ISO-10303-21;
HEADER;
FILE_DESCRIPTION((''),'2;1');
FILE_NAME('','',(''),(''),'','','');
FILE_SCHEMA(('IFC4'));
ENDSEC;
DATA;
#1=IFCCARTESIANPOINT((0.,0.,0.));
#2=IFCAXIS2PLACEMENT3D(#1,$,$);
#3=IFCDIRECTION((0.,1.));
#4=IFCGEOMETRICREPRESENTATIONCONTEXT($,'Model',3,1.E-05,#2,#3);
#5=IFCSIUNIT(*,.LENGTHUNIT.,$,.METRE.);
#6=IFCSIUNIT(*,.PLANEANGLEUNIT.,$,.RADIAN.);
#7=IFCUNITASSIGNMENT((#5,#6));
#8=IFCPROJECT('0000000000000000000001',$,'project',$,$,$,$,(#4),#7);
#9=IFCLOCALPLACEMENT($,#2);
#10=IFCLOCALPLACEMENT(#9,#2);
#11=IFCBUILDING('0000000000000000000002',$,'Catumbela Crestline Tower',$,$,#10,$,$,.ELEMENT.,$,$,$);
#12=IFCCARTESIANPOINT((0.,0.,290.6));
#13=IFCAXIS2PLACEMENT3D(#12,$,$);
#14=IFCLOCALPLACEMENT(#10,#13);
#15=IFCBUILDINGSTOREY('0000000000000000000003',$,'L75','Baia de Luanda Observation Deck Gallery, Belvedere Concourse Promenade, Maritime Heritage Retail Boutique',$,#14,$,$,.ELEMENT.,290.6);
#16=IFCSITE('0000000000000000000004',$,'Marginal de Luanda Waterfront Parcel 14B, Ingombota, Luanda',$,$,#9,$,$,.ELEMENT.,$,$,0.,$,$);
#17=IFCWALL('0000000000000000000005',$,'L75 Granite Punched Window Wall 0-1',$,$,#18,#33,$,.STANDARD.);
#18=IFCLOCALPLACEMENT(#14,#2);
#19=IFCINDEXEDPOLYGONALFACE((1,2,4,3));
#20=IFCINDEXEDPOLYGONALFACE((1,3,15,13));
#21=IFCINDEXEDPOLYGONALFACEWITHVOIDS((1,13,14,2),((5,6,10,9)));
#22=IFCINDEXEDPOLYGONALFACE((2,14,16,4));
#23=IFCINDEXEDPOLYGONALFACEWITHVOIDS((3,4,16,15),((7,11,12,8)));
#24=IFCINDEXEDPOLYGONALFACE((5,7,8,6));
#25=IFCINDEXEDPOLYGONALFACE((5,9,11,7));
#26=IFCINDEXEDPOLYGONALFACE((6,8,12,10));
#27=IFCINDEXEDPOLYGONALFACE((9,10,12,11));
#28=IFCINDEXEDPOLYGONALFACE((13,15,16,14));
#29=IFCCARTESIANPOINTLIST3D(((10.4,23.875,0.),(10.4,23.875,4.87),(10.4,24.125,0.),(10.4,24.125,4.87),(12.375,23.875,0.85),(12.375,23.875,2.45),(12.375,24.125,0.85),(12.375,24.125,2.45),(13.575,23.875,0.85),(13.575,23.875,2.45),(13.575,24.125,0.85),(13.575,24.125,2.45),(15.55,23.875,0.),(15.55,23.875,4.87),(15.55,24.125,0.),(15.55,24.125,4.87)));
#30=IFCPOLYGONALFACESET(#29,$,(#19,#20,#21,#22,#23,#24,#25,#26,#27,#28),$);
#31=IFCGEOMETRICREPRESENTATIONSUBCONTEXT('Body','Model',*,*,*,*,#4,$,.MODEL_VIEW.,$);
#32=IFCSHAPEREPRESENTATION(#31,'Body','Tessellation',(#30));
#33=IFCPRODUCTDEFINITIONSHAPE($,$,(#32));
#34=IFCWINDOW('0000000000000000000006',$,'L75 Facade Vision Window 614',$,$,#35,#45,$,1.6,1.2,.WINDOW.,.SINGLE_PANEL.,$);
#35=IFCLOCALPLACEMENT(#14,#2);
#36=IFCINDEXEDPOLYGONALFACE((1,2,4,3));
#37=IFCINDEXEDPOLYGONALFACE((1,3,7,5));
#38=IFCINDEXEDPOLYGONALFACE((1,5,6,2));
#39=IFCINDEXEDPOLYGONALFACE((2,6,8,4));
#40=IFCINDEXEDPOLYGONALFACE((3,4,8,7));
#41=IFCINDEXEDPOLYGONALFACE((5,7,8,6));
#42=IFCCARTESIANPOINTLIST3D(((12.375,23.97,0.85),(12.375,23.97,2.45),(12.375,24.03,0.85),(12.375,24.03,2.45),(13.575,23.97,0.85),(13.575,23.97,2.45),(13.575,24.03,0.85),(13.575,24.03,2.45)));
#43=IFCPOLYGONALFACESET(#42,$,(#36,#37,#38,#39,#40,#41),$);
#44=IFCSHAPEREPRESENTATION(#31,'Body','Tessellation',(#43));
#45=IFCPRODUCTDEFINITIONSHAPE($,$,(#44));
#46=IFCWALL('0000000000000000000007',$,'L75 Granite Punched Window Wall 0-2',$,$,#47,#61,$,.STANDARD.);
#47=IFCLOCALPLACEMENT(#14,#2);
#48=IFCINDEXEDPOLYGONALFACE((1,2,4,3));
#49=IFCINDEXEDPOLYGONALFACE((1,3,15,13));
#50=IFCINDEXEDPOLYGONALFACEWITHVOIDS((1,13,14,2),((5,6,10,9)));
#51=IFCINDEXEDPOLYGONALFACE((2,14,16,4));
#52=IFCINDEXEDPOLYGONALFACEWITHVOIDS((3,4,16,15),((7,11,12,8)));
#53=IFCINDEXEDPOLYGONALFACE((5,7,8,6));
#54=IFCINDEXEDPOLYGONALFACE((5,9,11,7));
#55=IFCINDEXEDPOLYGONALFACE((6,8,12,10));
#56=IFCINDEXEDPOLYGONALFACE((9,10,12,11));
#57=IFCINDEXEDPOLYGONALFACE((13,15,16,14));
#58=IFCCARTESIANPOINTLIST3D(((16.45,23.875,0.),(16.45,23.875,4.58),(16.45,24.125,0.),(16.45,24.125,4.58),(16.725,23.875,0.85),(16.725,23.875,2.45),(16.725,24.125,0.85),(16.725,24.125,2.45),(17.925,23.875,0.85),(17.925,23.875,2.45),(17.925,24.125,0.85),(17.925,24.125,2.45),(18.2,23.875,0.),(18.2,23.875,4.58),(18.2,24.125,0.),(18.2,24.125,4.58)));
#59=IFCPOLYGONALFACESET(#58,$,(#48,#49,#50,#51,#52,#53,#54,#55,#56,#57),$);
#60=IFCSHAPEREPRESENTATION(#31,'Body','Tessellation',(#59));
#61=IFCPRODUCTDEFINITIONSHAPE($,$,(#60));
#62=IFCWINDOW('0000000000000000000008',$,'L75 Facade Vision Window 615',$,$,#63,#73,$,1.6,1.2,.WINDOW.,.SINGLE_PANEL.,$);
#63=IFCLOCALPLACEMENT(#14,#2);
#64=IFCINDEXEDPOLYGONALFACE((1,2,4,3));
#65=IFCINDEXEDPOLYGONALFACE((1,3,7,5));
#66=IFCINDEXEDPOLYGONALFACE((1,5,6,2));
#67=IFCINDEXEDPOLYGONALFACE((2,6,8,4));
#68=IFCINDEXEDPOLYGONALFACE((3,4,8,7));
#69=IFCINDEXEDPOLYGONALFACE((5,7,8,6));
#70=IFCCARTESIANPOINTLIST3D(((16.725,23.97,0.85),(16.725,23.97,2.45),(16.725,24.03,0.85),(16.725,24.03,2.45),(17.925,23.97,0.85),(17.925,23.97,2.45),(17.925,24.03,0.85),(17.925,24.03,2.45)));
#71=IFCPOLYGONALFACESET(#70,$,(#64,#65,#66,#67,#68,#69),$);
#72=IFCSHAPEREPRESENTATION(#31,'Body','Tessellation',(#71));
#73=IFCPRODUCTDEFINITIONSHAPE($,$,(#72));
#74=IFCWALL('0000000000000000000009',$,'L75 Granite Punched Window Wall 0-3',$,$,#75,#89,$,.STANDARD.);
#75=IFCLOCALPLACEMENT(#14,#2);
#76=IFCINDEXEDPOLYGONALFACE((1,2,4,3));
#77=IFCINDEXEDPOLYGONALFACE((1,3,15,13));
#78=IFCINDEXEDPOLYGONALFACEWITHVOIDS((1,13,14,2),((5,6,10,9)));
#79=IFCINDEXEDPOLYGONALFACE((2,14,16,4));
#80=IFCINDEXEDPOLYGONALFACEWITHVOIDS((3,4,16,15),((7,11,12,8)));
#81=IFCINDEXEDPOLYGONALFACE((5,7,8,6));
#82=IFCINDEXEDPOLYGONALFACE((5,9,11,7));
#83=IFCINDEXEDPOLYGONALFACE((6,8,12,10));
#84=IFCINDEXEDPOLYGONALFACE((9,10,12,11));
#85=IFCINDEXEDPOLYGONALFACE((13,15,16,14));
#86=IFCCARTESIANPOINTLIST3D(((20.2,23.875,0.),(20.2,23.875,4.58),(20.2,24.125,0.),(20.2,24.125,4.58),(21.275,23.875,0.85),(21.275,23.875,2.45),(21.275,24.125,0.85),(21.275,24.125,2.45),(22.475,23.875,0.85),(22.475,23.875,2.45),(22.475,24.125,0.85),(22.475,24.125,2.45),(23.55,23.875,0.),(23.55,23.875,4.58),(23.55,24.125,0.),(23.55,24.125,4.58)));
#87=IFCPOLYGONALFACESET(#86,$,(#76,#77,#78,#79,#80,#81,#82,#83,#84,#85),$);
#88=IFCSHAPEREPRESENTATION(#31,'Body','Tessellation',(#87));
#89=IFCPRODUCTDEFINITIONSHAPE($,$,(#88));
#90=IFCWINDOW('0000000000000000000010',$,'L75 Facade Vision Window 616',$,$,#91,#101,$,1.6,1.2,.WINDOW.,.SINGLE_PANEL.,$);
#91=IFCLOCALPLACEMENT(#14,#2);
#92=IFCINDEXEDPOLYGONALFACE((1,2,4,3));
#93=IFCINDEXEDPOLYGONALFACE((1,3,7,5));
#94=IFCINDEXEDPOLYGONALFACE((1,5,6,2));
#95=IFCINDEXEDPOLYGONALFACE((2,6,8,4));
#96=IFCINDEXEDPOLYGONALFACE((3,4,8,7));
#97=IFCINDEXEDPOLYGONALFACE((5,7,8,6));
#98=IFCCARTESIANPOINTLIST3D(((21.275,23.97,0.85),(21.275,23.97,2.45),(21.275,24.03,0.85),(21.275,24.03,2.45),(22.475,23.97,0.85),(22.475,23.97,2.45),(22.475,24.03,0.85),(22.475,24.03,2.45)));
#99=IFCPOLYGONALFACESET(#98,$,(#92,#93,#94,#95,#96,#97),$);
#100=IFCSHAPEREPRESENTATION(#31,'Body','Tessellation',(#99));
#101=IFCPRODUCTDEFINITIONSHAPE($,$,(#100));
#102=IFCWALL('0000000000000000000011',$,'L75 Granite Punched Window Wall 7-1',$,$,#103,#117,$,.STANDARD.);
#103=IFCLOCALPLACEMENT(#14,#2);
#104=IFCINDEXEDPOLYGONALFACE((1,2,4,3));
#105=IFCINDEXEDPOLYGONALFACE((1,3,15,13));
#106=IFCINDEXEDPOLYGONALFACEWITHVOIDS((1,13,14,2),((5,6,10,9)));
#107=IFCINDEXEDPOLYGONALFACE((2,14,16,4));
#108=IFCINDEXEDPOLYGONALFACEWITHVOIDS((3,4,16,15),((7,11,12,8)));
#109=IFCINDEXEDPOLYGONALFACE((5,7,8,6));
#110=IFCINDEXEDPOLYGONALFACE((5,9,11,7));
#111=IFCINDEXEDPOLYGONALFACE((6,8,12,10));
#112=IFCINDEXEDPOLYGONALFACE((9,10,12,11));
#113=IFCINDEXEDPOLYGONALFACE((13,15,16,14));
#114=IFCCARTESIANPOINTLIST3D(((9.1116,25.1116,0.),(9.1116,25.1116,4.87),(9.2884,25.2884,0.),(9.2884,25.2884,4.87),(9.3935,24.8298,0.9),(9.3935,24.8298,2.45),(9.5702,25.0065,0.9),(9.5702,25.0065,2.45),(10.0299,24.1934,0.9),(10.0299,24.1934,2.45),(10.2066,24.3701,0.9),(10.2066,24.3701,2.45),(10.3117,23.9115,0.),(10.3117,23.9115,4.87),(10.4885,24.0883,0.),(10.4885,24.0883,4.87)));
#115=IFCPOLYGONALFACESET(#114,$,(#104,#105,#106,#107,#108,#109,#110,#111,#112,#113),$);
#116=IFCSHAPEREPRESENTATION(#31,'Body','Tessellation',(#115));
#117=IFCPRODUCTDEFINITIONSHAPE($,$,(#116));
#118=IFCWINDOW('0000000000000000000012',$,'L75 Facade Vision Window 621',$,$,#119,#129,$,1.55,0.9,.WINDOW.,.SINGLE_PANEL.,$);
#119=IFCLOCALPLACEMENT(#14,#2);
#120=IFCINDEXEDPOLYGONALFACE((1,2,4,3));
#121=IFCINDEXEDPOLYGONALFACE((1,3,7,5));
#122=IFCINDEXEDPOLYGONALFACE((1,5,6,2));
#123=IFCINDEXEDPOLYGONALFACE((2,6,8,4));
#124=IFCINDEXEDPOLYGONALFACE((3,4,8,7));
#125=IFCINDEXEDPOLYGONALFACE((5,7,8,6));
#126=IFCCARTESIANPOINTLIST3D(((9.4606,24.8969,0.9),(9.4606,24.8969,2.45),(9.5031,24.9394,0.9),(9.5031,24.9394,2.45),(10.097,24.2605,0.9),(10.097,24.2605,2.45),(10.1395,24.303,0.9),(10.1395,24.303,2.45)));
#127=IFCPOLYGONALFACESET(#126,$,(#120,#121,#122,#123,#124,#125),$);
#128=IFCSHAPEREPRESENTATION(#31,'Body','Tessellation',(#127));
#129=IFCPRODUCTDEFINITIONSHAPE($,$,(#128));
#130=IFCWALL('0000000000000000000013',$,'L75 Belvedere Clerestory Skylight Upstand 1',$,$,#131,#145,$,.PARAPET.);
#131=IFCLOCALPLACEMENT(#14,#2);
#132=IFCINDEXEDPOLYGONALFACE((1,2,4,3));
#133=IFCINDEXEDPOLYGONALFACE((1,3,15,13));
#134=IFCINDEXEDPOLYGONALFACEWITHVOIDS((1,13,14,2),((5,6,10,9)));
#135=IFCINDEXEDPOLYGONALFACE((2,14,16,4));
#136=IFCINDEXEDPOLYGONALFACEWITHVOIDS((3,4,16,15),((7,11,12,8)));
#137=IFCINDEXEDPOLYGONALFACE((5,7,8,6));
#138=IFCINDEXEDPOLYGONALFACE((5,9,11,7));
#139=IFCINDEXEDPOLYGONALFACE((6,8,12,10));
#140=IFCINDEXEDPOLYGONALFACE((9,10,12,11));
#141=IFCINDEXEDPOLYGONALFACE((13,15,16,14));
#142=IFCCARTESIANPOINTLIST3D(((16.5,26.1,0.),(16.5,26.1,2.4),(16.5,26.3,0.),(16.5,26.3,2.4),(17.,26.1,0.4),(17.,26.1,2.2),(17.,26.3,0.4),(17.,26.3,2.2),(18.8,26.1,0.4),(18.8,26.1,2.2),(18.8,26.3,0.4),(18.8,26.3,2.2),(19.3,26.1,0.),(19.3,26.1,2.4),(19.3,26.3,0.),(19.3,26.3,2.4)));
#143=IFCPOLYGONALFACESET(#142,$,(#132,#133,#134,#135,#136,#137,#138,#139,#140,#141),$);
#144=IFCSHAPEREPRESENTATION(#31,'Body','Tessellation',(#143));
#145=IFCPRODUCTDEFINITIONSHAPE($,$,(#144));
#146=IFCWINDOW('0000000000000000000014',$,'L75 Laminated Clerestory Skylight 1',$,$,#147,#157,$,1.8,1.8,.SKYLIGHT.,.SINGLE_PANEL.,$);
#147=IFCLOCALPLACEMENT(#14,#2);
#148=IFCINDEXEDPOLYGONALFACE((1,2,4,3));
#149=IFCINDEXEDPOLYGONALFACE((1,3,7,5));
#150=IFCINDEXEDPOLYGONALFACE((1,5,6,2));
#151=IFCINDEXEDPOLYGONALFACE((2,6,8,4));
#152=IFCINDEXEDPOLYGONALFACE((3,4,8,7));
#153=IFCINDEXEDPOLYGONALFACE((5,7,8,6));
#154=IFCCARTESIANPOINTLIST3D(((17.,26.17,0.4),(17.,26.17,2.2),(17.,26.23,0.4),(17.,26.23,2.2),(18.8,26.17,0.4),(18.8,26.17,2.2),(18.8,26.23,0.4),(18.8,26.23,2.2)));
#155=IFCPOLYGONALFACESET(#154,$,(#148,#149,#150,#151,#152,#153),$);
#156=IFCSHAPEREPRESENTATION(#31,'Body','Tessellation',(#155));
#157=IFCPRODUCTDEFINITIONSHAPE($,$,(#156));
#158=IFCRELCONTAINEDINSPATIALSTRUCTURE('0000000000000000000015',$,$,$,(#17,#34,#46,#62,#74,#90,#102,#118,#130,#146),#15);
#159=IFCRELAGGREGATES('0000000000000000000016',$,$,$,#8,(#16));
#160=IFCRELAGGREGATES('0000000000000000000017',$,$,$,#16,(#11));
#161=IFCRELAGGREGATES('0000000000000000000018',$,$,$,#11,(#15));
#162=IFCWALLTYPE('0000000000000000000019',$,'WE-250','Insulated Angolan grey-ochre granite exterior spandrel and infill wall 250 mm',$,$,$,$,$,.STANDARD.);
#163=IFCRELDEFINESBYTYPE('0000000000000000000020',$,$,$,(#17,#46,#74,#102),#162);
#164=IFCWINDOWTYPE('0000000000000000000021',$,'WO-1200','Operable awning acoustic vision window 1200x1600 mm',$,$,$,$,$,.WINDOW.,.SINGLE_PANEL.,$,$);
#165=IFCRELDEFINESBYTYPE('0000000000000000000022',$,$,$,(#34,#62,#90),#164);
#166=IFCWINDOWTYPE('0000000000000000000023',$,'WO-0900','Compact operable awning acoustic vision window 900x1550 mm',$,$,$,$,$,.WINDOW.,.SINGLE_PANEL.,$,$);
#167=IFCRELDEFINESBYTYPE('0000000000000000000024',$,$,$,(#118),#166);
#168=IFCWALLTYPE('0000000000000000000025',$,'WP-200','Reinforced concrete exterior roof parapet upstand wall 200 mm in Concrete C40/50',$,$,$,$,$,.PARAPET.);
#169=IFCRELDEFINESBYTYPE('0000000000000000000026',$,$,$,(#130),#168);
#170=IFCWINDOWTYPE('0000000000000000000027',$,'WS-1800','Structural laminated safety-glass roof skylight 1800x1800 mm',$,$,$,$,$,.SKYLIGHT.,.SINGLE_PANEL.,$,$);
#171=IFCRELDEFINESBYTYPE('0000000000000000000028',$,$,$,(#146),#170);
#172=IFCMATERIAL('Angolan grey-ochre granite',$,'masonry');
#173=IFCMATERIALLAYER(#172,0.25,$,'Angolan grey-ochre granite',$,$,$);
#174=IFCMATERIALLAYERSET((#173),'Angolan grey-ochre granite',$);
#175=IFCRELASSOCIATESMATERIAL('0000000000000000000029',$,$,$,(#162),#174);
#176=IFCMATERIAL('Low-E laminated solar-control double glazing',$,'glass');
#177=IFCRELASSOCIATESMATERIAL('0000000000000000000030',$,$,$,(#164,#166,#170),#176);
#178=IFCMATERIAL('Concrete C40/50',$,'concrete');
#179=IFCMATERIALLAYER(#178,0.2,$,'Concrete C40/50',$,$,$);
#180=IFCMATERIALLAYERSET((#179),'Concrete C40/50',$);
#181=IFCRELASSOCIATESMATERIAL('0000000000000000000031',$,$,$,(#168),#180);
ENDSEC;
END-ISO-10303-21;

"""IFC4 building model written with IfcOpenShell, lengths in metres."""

from ifc_helpers import new_model, si_unit, direction, frame, frame_2d, origin, place, context, subcontext, project, spatial, rectangle, extrude, material, layer, layer_set, type_object, element, fill, save


model = new_model("IFC4")

# Units and contexts
model_context = context("Model", 3, precision=1e-05, world=origin(), true_north=direction((0.0, 1.0)))
body_context = subcontext(model_context, "Body", "Model", "MODEL_VIEW")
ifc_project = project(units=[si_unit("LENGTHUNIT", "METRE"), si_unit("PLANEANGLEUNIT", "RADIAN")], contexts=[model_context])

# Site, building, storey
site_placement = place(None, origin())
site = spatial("IfcSite", under=ifc_project, at=site_placement, Name="Marginal de Luanda Waterfront Parcel 14B, Ingombota, Luanda", CompositionType="ELEMENT", RefElevation=0.0)
building_placement = place(site_placement, origin())
building = spatial("IfcBuilding", under=site, at=building_placement, Name="Catumbela Crestline Tower", CompositionType="ELEMENT")
storey_placement = place(building_placement, frame((0.0, 0.0, 290.6)))
storey = spatial("IfcBuildingStorey", under=building, at=storey_placement, Name="L75", Description="Baia de Luanda Observation Deck Gallery, Belvedere Concourse Promenade, Maritime Heritage Retail Boutique", CompositionType="ELEMENT", Elevation=290.6)

# Shared definitions
ifc_material_1 = material(Name="Low-E laminated solar-control double glazing", Category="glass")

# Shared definitions
ifc_material_2 = material(Name="Angolan grey-ochre granite", Category="masonry")
ifc_layer_1 = layer(ifc_material_2, 0.25, Name="Angolan grey-ochre granite")
ifc_layer_set_1 = layer_set([ifc_layer_1], Name="Angolan grey-ochre granite")
wall_type_1 = type_object("IfcWallType", Name="WE-250", Description="Insulated Angolan grey-ochre granite exterior spandrel and infill wall 250 mm", PredefinedType="STANDARD", material=ifc_layer_set_1)

# Walls, openings, windows
wall_1_placement = place(storey_placement, frame((10.4, 24.0, 0.0), z_axis=(0.0, 0.0, 1.0), x_axis=(1.0, 0.0, 0.0)))
wall_1 = element("IfcWall", 1, at=wall_1_placement, inside=storey, type_object=wall_type_1, Name="L75 Granite Punched Window Wall 0-1", PredefinedType="STANDARD", context=body_context, shape_type="SweptSolid", body=[
    extrude(rectangle(XDim=5.15, YDim=0.25, at=frame_2d((2.575, 0.0))), origin(), (0.0, 0.0, 1.0), 4.87),
])
opening_1_placement = place(wall_1_placement, frame((1.975, 0.0, 0.85)))
opening_1 = element("IfcOpeningElement", 2, at=opening_1_placement, cuts=wall_1, PredefinedType="OPENING", context=body_context, shape_type="SweptSolid", body=[
    extrude(rectangle(XDim=1.2, YDim=1.6, at=frame_2d((0.6, 0.8))), frame((0.0, 0.135, 0.0), z_axis=(0.0, -1.0, 0.0), x_axis=(1.0, 0.0, 0.0)), (0.0, 0.0, 1.0), 0.27),
])
window_type_1 = type_object("IfcWindowType", Name="WO-1200", Description="Operable awning acoustic vision window 1200x1600 mm", PartitioningType="SINGLE_PANEL", PredefinedType="WINDOW", material=ifc_material_1)
window_1_placement = place(opening_1_placement, origin())
window_1 = element("IfcWindow", 3, at=window_1_placement, inside=storey, type_object=window_type_1, Name="L75 Facade Vision Window 614", OverallHeight=1.6, OverallWidth=1.2, PartitioningType="SINGLE_PANEL", PredefinedType="WINDOW", context=body_context, shape_type="SweptSolid", body=[
    extrude(rectangle(XDim=1.2, YDim=1.6, at=frame_2d((0.6, 0.8))), frame((0.0, 0.03, 0.0), z_axis=(0.0, -1.0, 0.0), x_axis=(1.0, 0.0, 0.0)), (0.0, 0.0, 1.0), 0.06),
])
fill(opening_1, window_1)
wall_2_placement = place(storey_placement, frame((16.45, 24.0, 0.0), z_axis=(0.0, 0.0, 1.0), x_axis=(1.0, 0.0, 0.0)))
wall_2 = element("IfcWall", 4, at=wall_2_placement, inside=storey, type_object=wall_type_1, Name="L75 Granite Punched Window Wall 0-2", PredefinedType="STANDARD", context=body_context, shape_type="SweptSolid", body=[
    extrude(rectangle(XDim=1.75, YDim=0.25, at=frame_2d((0.875, 0.0))), origin(), (0.0, 0.0, 1.0), 4.58),
])
opening_2_placement = place(wall_2_placement, frame((0.275, 0.0, 0.85)))
opening_2 = element("IfcOpeningElement", 5, at=opening_2_placement, cuts=wall_2, PredefinedType="OPENING", context=body_context, shape_type="SweptSolid", body=[
    extrude(rectangle(XDim=1.2, YDim=1.6, at=frame_2d((0.6, 0.8))), frame((0.0, 0.135, 0.0), z_axis=(0.0, -1.0, 0.0), x_axis=(1.0, 0.0, 0.0)), (0.0, 0.0, 1.0), 0.27),
])
window_2_placement = place(opening_2_placement, origin())
window_2 = element("IfcWindow", 6, at=window_2_placement, inside=storey, type_object=window_type_1, Name="L75 Facade Vision Window 615", OverallHeight=1.6, OverallWidth=1.2, PartitioningType="SINGLE_PANEL", PredefinedType="WINDOW", context=body_context, shape_type="SweptSolid", body=[
    extrude(rectangle(XDim=1.2, YDim=1.6, at=frame_2d((0.6, 0.8))), frame((0.0, 0.03, 0.0), z_axis=(0.0, -1.0, 0.0), x_axis=(1.0, 0.0, 0.0)), (0.0, 0.0, 1.0), 0.06),
])
fill(opening_2, window_2)
wall_3_placement = place(storey_placement, frame((20.2, 24.0, 0.0), z_axis=(0.0, 0.0, 1.0), x_axis=(1.0, 0.0, 0.0)))
wall_3 = element("IfcWall", 7, at=wall_3_placement, inside=storey, type_object=wall_type_1, Name="L75 Granite Punched Window Wall 0-3", PredefinedType="STANDARD", context=body_context, shape_type="SweptSolid", body=[
    extrude(rectangle(XDim=3.35, YDim=0.25, at=frame_2d((1.675, 0.0))), origin(), (0.0, 0.0, 1.0), 4.58),
])
opening_3_placement = place(wall_3_placement, frame((1.075, 0.0, 0.85)))
opening_3 = element("IfcOpeningElement", 8, at=opening_3_placement, cuts=wall_3, PredefinedType="OPENING", context=body_context, shape_type="SweptSolid", body=[
    extrude(rectangle(XDim=1.2, YDim=1.6, at=frame_2d((0.6, 0.8))), frame((0.0, 0.135, 0.0), z_axis=(0.0, -1.0, 0.0), x_axis=(1.0, 0.0, 0.0)), (0.0, 0.0, 1.0), 0.27),
])
window_3_placement = place(opening_3_placement, origin())
window_3 = element("IfcWindow", 9, at=window_3_placement, inside=storey, type_object=window_type_1, Name="L75 Facade Vision Window 616", OverallHeight=1.6, OverallWidth=1.2, PartitioningType="SINGLE_PANEL", PredefinedType="WINDOW", context=body_context, shape_type="SweptSolid", body=[
    extrude(rectangle(XDim=1.2, YDim=1.6, at=frame_2d((0.6, 0.8))), frame((0.0, 0.03, 0.0), z_axis=(0.0, -1.0, 0.0), x_axis=(1.0, 0.0, 0.0)), (0.0, 0.0, 1.0), 0.06),
])
fill(opening_3, window_3)
wall_4_placement = place(storey_placement, frame((9.2, 25.2, 0.0), z_axis=(0.0, 0.0, 1.0), x_axis=(0.707107, -0.707107, 0.0)))
wall_4 = element("IfcWall", 10, at=wall_4_placement, inside=storey, type_object=wall_type_1, Name="L75 Granite Punched Window Wall 7-1", PredefinedType="STANDARD", context=body_context, shape_type="SweptSolid", body=[
    extrude(rectangle(XDim=1.6971, YDim=0.25, at=frame_2d((0.8486, 0.0))), origin(), (0.0, 0.0, 1.0), 4.87),
])
opening_4_placement = place(wall_4_placement, frame((0.3986, 0.0, 0.9)))
opening_4 = element("IfcOpeningElement", 11, at=opening_4_placement, cuts=wall_4, PredefinedType="OPENING", context=body_context, shape_type="SweptSolid", body=[
    extrude(rectangle(XDim=0.9, YDim=1.55, at=frame_2d((0.45, 0.775))), frame((0.0, 0.135, 0.0), z_axis=(0.0, -1.0, 0.0), x_axis=(1.0, 0.0, 0.0)), (0.0, 0.0, 1.0), 0.27),
])
window_type_2 = type_object("IfcWindowType", Name="WO-0900", Description="Compact operable awning acoustic vision window 900x1550 mm", PartitioningType="SINGLE_PANEL", PredefinedType="WINDOW", material=ifc_material_1)
window_4_placement = place(opening_4_placement, origin())
window_4 = element("IfcWindow", 12, at=window_4_placement, inside=storey, type_object=window_type_2, Name="L75 Facade Vision Window 621", OverallHeight=1.55, OverallWidth=0.9, PartitioningType="SINGLE_PANEL", PredefinedType="WINDOW", context=body_context, shape_type="SweptSolid", body=[
    extrude(rectangle(XDim=0.9, YDim=1.55, at=frame_2d((0.45, 0.775))), frame((0.0, 0.03, 0.0), z_axis=(0.0, -1.0, 0.0), x_axis=(1.0, 0.0, 0.0)), (0.0, 0.0, 1.0), 0.06),
])
fill(opening_4, window_4)
ifc_material_3 = material(Name="Concrete C40/50", Category="concrete")
ifc_layer_2 = layer(ifc_material_3, 0.2, Name="Concrete C40/50")
ifc_layer_set_2 = layer_set([ifc_layer_2], Name="Concrete C40/50")
wall_type_2 = type_object("IfcWallType", Name="WP-200", Description="Reinforced concrete exterior roof parapet upstand wall 200 mm in Concrete C40/50", PredefinedType="PARAPET", material=ifc_layer_set_2)
wall_5_placement = place(storey_placement, frame((16.5, 26.2, 0.0), z_axis=(0.0, 0.0, 1.0), x_axis=(1.0, 0.0, 0.0)))
wall_5 = element("IfcWall", 13, at=wall_5_placement, inside=storey, type_object=wall_type_2, Name="L75 Belvedere Clerestory Skylight Upstand 1", PredefinedType="PARAPET", context=body_context, shape_type="SweptSolid", body=[
    extrude(rectangle(XDim=2.8, YDim=0.2, at=frame_2d((1.4, 0.0))), origin(), (0.0, 0.0, 1.0), 2.4),
])
opening_5_placement = place(wall_5_placement, frame((0.5, 0.0, 0.4)))
opening_5 = element("IfcOpeningElement", 14, at=opening_5_placement, cuts=wall_5, PredefinedType="OPENING", context=body_context, shape_type="SweptSolid", body=[
    extrude(rectangle(XDim=1.8, YDim=1.8, at=frame_2d((0.9, 0.9))), frame((0.0, 0.11, 0.0), z_axis=(0.0, -1.0, 0.0), x_axis=(1.0, 0.0, 0.0)), (0.0, 0.0, 1.0), 0.22),
])
window_type_3 = type_object("IfcWindowType", Name="WS-1800", Description="Structural laminated safety-glass roof skylight 1800x1800 mm", PartitioningType="SINGLE_PANEL", PredefinedType="SKYLIGHT", material=ifc_material_1)
window_5_placement = place(opening_5_placement, origin())
window_5 = element("IfcWindow", 15, at=window_5_placement, inside=storey, type_object=window_type_3, Name="L75 Laminated Clerestory Skylight 1", OverallHeight=1.8, OverallWidth=1.8, PartitioningType="SINGLE_PANEL", PredefinedType="SKYLIGHT", context=body_context, shape_type="SweptSolid", body=[
    extrude(rectangle(XDim=1.8, YDim=1.8, at=frame_2d((0.9, 0.9))), frame((0.0, 0.03, 0.0), z_axis=(0.0, -1.0, 0.0), x_axis=(1.0, 0.0, 0.0)), (0.0, 0.0, 1.0), 0.06),
])
fill(opening_5, window_5)

save(model, "model.ifc")
